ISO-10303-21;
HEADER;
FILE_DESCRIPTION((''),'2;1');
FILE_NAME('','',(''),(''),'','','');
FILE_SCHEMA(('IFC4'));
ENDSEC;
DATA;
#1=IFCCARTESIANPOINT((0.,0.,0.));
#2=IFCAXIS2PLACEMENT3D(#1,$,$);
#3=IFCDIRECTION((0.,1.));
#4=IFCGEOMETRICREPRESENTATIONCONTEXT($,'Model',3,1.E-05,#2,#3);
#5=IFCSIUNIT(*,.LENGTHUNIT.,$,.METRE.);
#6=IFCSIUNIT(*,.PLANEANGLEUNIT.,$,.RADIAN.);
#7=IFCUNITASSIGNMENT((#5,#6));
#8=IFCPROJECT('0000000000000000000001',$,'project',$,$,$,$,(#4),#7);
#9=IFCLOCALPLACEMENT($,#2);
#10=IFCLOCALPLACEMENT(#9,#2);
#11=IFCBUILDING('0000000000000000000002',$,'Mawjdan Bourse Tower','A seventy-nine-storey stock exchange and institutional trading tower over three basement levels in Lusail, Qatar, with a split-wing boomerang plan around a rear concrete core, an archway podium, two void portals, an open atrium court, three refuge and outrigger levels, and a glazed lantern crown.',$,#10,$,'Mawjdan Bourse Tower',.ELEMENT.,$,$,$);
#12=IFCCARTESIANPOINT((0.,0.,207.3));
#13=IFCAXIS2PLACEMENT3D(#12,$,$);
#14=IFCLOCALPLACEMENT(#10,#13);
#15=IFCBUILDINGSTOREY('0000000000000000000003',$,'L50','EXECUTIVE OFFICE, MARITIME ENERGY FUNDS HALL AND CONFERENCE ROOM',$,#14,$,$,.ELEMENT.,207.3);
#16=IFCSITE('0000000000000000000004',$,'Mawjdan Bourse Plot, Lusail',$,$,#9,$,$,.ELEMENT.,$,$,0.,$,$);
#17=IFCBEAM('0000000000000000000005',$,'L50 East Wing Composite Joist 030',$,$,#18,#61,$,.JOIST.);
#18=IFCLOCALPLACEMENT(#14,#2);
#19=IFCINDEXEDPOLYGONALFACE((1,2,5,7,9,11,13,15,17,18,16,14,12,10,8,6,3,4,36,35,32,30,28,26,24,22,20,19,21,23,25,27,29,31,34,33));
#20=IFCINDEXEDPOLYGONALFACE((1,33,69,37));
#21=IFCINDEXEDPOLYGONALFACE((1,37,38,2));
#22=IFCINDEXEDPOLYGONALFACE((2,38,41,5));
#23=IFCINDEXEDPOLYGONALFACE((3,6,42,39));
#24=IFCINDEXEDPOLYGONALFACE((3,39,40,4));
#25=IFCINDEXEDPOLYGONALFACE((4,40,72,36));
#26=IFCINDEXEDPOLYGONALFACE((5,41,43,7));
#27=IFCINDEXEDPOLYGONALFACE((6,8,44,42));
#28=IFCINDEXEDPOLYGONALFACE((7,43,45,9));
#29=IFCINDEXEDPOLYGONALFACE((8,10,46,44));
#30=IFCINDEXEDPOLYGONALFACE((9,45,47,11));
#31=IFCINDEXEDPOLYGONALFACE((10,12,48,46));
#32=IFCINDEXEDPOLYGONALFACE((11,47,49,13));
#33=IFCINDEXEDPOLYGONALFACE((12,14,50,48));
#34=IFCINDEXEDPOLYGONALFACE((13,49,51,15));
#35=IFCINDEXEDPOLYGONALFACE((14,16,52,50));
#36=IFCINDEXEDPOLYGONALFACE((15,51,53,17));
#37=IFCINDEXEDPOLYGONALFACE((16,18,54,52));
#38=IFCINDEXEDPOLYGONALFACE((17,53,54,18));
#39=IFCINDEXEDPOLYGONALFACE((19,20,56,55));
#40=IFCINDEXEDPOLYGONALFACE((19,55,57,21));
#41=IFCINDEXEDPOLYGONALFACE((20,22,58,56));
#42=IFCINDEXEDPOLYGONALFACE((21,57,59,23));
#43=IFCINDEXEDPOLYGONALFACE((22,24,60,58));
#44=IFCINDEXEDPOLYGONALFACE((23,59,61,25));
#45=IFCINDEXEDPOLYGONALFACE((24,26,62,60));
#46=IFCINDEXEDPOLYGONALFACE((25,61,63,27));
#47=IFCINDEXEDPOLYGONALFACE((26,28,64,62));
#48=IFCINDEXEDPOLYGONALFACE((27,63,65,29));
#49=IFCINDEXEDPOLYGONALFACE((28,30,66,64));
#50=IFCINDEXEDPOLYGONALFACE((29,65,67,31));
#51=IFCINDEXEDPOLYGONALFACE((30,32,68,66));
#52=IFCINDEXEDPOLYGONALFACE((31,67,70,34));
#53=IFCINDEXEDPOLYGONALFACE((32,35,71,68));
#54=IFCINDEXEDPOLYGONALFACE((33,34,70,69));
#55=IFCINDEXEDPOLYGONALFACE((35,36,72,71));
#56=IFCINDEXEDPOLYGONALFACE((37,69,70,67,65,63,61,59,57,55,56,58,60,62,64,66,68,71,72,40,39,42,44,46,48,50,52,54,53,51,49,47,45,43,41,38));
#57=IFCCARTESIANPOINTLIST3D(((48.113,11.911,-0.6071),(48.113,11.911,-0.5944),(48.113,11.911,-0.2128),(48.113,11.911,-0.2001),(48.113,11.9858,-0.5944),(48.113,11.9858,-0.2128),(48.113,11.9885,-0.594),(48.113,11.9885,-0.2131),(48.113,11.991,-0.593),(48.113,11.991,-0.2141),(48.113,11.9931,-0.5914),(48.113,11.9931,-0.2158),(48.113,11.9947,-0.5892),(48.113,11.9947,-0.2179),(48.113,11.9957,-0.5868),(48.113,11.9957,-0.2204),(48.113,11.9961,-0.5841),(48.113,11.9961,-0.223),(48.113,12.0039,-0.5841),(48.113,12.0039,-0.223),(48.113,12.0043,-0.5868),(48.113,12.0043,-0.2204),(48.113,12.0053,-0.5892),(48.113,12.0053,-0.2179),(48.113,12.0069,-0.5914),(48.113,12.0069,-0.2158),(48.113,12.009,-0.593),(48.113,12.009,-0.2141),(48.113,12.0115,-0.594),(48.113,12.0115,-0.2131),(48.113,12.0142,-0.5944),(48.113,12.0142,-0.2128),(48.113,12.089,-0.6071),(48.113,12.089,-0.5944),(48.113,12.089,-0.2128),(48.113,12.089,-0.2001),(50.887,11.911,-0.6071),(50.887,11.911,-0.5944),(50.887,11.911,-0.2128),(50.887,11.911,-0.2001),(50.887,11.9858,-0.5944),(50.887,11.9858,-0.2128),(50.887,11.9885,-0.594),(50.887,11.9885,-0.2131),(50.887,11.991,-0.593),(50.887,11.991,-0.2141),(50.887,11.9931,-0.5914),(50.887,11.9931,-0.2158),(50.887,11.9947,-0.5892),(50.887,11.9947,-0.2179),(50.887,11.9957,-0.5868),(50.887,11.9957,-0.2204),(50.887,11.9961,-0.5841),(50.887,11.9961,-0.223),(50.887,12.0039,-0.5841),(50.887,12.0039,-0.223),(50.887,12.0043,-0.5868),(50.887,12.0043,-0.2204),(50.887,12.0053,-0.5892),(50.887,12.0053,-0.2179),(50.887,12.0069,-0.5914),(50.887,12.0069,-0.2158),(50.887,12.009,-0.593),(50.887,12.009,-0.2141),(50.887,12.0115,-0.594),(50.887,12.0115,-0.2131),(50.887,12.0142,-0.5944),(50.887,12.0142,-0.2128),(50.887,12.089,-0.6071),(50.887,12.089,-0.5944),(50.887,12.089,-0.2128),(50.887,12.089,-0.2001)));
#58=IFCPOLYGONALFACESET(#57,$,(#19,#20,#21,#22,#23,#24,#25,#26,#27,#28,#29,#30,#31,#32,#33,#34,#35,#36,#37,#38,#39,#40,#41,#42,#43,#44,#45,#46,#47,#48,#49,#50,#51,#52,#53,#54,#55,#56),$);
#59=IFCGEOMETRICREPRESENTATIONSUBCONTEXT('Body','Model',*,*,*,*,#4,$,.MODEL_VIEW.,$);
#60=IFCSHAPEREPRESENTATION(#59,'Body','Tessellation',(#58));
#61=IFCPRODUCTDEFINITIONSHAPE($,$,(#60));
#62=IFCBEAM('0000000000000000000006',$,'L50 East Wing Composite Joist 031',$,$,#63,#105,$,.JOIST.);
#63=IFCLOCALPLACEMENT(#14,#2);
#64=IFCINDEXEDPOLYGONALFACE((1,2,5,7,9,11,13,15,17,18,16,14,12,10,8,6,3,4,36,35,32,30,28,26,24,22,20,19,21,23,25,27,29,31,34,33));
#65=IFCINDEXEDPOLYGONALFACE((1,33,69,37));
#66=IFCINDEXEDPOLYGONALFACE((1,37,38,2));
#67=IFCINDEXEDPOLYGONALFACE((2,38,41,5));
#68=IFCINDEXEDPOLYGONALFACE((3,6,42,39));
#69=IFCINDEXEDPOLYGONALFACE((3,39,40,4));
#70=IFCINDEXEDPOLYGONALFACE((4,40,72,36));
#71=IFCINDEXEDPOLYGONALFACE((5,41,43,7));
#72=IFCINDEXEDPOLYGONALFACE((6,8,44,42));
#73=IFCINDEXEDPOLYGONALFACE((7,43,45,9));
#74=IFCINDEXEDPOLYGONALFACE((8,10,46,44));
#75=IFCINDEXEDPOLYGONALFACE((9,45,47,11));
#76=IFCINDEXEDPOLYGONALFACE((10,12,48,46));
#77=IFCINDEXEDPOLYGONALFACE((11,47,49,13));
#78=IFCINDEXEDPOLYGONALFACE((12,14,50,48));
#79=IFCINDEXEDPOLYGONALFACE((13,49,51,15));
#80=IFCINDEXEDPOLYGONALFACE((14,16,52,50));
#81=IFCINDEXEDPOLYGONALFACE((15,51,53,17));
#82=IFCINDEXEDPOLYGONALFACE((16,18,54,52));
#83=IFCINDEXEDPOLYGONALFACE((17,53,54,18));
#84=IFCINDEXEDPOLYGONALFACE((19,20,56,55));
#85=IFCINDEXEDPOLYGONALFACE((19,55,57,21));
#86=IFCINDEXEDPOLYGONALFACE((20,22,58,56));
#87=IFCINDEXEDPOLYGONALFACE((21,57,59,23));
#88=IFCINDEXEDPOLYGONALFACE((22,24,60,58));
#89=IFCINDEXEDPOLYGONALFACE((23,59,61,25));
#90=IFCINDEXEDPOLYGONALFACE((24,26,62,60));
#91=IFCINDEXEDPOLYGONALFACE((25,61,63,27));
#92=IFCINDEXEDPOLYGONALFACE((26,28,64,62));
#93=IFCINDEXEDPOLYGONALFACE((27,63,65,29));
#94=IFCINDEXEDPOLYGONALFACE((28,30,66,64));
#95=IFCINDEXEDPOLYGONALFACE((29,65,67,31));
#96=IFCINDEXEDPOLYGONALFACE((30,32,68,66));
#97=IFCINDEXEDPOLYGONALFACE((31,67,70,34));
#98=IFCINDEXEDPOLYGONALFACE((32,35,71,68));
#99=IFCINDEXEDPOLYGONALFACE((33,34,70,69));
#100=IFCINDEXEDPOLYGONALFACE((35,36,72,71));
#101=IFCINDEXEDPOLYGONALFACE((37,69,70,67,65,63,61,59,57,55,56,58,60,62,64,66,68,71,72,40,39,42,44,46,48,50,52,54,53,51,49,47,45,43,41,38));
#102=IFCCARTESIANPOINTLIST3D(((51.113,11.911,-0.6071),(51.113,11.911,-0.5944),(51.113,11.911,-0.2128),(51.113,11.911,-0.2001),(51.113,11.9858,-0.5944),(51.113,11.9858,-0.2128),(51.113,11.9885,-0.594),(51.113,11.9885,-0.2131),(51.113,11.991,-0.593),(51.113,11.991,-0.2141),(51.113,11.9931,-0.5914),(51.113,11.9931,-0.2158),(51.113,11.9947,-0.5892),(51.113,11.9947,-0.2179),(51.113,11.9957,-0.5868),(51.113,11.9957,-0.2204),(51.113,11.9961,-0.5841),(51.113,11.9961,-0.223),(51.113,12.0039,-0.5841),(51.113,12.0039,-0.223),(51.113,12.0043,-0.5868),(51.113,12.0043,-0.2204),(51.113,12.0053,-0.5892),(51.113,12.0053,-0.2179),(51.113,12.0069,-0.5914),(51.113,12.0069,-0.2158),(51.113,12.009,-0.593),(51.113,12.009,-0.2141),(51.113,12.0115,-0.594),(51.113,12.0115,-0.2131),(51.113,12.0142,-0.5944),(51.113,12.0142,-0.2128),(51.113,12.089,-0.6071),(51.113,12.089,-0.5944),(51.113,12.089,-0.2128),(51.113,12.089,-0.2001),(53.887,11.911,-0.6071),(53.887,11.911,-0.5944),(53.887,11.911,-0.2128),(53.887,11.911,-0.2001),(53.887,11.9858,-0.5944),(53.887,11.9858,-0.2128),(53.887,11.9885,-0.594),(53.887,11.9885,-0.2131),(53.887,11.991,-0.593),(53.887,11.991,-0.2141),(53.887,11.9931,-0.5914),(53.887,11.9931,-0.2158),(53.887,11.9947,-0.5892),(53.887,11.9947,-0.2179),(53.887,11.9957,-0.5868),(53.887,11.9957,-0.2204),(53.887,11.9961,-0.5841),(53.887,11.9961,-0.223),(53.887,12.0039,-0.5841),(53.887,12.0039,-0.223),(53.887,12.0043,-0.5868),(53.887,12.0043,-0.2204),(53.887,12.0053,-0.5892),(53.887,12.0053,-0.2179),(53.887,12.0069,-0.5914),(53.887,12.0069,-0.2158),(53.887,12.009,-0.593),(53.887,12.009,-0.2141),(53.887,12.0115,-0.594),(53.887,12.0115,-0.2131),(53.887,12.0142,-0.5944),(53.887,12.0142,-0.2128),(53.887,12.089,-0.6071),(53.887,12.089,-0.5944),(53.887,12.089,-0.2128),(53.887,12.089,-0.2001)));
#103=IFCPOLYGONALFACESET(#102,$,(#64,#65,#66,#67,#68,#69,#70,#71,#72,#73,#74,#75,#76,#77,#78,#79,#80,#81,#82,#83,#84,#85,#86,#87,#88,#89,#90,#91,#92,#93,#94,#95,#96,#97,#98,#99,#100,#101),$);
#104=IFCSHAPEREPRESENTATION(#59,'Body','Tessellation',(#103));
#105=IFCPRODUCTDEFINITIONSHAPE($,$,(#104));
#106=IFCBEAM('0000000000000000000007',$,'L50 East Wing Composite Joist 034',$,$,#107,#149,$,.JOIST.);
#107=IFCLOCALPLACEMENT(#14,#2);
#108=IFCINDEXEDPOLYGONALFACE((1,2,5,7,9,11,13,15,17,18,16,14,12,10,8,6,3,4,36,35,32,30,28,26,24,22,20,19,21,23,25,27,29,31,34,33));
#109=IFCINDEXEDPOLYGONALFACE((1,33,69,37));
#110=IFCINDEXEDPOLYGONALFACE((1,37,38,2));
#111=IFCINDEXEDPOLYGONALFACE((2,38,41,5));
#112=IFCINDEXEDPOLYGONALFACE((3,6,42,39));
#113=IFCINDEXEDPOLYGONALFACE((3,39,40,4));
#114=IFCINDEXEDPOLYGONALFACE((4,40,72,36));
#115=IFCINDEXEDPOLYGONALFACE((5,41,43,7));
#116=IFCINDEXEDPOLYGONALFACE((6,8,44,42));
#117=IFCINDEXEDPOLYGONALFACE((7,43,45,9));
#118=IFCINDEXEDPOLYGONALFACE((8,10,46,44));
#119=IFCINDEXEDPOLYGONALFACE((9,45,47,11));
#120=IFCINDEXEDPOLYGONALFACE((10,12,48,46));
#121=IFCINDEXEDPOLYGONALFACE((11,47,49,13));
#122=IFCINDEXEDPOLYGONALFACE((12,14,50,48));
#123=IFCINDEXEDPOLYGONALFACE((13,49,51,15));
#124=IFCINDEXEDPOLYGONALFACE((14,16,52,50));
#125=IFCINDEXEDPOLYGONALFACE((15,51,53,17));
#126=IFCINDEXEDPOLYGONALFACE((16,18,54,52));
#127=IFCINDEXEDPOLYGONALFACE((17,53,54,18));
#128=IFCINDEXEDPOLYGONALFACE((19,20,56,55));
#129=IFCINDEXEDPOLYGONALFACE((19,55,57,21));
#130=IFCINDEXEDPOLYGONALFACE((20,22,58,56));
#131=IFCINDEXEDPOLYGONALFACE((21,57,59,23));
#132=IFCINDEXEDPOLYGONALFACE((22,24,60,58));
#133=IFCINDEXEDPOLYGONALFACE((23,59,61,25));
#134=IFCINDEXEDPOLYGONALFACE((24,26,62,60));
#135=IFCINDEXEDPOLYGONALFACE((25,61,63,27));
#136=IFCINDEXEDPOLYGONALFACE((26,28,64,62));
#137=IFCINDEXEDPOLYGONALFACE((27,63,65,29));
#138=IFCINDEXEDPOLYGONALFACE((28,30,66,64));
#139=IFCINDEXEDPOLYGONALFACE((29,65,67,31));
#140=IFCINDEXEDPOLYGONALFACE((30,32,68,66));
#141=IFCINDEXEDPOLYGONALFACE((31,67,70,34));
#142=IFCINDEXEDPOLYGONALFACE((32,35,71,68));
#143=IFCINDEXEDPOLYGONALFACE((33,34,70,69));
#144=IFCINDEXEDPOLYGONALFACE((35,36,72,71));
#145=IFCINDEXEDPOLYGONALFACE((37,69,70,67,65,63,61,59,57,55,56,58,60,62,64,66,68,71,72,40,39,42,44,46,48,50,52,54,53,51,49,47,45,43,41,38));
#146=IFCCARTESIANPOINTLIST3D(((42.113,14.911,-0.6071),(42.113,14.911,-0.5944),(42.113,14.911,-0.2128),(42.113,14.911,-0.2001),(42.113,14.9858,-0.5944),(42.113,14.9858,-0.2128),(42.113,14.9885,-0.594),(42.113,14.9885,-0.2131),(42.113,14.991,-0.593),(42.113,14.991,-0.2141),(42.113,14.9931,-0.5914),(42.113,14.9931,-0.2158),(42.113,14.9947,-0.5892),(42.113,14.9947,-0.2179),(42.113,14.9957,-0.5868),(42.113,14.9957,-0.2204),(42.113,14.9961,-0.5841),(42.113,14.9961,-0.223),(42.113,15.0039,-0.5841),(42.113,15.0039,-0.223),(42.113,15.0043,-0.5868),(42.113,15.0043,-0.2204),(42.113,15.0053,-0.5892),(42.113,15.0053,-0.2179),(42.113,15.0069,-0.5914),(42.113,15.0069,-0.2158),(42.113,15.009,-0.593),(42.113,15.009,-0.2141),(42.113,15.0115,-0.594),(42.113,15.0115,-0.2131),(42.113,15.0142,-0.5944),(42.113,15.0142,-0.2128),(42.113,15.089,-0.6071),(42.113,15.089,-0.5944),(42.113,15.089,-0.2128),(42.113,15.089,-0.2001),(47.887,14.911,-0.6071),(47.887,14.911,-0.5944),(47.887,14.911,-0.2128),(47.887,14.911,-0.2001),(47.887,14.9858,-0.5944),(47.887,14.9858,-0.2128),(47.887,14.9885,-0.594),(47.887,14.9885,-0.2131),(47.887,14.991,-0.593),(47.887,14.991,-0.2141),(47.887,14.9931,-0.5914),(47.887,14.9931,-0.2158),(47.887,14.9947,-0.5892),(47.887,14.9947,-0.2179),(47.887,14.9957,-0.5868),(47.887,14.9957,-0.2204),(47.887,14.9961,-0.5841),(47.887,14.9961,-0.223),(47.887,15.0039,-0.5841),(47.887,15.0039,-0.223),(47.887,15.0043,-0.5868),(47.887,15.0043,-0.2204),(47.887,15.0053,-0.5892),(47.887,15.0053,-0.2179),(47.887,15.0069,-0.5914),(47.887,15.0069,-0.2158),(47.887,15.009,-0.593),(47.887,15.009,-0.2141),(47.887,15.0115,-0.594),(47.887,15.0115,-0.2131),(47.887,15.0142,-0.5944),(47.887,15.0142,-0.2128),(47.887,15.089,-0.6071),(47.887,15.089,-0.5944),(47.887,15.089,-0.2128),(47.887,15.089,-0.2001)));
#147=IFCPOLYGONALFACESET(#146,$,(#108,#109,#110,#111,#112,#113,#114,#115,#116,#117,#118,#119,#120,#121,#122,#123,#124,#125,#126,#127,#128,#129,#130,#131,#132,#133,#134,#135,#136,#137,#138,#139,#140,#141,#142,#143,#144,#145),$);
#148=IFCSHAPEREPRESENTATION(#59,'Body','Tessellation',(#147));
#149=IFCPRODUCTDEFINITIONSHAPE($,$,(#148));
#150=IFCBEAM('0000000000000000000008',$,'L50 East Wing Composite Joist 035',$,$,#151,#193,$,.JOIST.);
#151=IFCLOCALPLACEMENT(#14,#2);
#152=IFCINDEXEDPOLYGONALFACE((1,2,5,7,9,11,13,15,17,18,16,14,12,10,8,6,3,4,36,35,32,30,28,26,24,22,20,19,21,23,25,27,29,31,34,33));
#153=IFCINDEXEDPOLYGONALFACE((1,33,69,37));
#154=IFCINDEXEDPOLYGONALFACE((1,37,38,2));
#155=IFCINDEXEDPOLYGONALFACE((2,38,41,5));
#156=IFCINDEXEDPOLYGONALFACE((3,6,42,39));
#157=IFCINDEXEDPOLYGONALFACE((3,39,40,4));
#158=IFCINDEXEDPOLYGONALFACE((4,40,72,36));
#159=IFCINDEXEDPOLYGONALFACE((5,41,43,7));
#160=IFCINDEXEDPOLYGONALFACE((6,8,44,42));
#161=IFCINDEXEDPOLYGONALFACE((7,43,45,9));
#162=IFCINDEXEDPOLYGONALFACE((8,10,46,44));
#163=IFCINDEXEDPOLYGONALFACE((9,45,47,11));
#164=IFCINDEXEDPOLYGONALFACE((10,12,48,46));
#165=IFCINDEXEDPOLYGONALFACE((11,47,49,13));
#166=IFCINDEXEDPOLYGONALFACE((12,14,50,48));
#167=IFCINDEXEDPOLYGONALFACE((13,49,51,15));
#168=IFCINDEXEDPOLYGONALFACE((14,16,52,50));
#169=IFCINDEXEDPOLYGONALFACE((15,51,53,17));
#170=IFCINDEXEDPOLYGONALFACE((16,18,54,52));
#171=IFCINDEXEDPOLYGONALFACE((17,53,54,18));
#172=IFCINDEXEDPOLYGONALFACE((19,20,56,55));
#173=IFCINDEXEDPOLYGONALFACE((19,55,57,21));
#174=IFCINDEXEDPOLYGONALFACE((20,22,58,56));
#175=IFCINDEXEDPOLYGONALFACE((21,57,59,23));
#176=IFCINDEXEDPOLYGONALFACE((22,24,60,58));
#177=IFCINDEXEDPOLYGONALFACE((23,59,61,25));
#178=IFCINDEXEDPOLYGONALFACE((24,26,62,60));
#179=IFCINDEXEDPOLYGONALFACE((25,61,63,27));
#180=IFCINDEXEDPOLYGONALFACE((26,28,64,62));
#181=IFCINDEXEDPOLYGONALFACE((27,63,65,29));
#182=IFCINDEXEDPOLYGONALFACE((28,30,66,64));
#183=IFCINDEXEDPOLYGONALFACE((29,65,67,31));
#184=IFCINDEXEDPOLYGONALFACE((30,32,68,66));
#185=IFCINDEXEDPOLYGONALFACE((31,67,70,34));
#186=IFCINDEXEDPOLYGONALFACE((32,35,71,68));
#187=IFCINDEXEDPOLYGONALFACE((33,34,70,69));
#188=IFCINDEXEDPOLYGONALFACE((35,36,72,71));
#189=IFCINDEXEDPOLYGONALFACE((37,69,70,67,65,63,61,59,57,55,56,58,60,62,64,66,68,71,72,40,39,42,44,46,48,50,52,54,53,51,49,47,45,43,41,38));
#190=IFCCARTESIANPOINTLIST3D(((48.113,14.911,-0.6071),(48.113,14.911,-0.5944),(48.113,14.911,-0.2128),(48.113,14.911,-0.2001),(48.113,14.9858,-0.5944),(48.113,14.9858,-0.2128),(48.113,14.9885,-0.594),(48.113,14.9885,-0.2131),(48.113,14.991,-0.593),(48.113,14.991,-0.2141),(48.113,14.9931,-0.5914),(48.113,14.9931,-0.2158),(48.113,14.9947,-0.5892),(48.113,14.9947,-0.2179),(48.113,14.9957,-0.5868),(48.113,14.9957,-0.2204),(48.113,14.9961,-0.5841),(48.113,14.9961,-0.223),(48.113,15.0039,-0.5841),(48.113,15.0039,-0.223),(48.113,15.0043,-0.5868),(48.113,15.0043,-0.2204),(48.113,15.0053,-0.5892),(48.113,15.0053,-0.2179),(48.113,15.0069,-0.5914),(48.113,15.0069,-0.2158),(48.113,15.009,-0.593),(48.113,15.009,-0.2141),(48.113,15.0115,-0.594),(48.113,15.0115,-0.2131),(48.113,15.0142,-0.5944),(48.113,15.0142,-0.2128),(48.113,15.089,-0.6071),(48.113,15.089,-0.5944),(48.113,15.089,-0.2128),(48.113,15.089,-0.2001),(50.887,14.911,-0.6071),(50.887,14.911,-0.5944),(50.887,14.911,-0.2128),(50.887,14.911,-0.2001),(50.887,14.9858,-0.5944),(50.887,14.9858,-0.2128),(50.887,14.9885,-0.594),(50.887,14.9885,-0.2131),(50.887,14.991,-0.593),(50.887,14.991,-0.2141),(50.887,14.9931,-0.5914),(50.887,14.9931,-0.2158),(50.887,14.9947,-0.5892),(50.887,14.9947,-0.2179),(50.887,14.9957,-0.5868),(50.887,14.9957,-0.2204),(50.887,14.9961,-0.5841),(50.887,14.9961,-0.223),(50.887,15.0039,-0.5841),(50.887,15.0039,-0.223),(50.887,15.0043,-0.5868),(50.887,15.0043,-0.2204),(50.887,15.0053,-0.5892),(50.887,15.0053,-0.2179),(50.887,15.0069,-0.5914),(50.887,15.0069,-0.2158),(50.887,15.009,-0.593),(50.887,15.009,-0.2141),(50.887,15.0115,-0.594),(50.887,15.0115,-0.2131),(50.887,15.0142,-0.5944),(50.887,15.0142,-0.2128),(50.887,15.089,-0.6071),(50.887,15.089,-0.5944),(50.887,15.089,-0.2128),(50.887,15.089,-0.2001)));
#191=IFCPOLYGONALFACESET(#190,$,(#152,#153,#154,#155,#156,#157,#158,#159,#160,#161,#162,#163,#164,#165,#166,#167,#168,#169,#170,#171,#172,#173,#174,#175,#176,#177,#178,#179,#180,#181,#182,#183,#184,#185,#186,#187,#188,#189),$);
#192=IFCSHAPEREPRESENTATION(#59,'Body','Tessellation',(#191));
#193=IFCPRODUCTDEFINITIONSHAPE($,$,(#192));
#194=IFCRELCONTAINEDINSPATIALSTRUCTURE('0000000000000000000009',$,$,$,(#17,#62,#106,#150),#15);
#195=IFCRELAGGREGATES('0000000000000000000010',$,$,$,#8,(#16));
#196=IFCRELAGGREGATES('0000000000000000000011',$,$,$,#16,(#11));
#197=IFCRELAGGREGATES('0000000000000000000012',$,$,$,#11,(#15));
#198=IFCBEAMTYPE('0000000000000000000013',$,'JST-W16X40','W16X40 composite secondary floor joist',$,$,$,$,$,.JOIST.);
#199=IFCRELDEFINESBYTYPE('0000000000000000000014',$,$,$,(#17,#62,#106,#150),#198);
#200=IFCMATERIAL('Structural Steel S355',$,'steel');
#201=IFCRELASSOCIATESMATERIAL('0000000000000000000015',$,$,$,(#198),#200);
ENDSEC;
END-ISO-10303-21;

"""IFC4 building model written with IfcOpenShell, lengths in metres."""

from ifc_helpers import new_model, si_unit, direction, frame, origin, origin_2d, place, context, subcontext, project, spatial, i_section, extrude, material, material_profile, profile_set, type_object, element, save


model = new_model("IFC4")

# Units and contexts
model_context = context("Model", 3, precision=1e-05, world=origin(), true_north=direction((0.0, 1.0)))
body_context = subcontext(model_context, "Body", "Model", "MODEL_VIEW")
ifc_project = project(units=[si_unit("LENGTHUNIT", "METRE"), si_unit("PLANEANGLEUNIT", "RADIAN")], contexts=[model_context])

# Site, building, storey
site_placement = place(None, origin())
site = spatial("IfcSite", under=ifc_project, at=site_placement, Name="Mawjdan Bourse Plot, Lusail", CompositionType="ELEMENT", RefElevation=0.0)
building_placement = place(site_placement, origin())
building = spatial("IfcBuilding", under=site, at=building_placement, Name="Mawjdan Bourse Tower", Description="A seventy-nine-storey stock exchange and institutional trading tower over three basement levels in Lusail, Qatar, with a split-wing boomerang plan around a rear concrete core, an archway podium, two void portals, an open atrium court, three refuge and outrigger levels, and a glazed lantern crown.", LongName="Mawjdan Bourse Tower", CompositionType="ELEMENT")
storey_placement = place(building_placement, frame((0.0, 0.0, 207.3)))
storey = spatial("IfcBuildingStorey", under=building, at=storey_placement, Name="L50", Description="EXECUTIVE OFFICE, MARITIME ENERGY FUNDS HALL AND CONFERENCE ROOM", CompositionType="ELEMENT", Elevation=207.3)

# Beams
ifc_material_1 = material(Name="Structural Steel S355", Category="steel")
ifc_material_profile_1 = material_profile(ifc_material_1, i_section(OverallWidth=0.178, OverallDepth=0.407, WebThickness=0.0078, FlangeThickness=0.0127, FilletRadius=0.0103, at=origin_2d()), Name="W16X40")
ifc_profile_set_1 = profile_set([ifc_material_profile_1], Name="Structural Steel S355")
beam_type_1 = type_object("IfcBeamType", Name="JST-W16X40", Description="W16X40 composite secondary floor joist", PredefinedType="JOIST", material=ifc_profile_set_1)
for number, where, z_axis, x_axis, name in (
    (1, (48.113, 12.0, -0.4036), (1.0, 0.0, 0.0), (0.0, 1.0, 0.0), "L50 East Wing Composite Joist 030"),
    (2, (51.113, 12.0, -0.4036), (1.0, 0.0, 0.0), (0.0, 1.0, 0.0), "L50 East Wing Composite Joist 031"),
):
    element("IfcBeam", number, at=place(storey_placement, frame(where, z_axis=z_axis, x_axis=x_axis)), inside=storey, type_object=beam_type_1, Name=name, PredefinedType="JOIST", context=body_context, shape_type="SweptSolid", body=[
        extrude(i_section(OverallWidth=0.178, OverallDepth=0.407, WebThickness=0.0078, FlangeThickness=0.0127, FilletRadius=0.0103, at=origin_2d()), origin(), (0.0, 0.0, 1.0), 2.7739),
    ])
beam_1_placement = place(storey_placement, frame((42.113, 15.0, -0.4036), z_axis=(1.0, 0.0, 0.0), x_axis=(0.0, 1.0, 0.0)))
element("IfcBeam", 3, at=beam_1_placement, inside=storey, type_object=beam_type_1, Name="L50 East Wing Composite Joist 034", PredefinedType="JOIST", context=body_context, shape_type="SweptSolid", body=[
    extrude(i_section(OverallWidth=0.178, OverallDepth=0.407, WebThickness=0.0078, FlangeThickness=0.0127, FilletRadius=0.0103, at=origin_2d()), origin(), (0.0, 0.0, 1.0), 5.7739),
])
for number, where, z_axis, x_axis, name in (
    (4, (48.113, 15.0, -0.4036), (1.0, 0.0, 0.0), (0.0, 1.0, 0.0), "L50 East Wing Composite Joist 035"),
):
    element("IfcBeam", number, at=place(storey_placement, frame(where, z_axis=z_axis, x_axis=x_axis)), inside=storey, type_object=beam_type_1, Name=name, PredefinedType="JOIST", context=body_context, shape_type="SweptSolid", body=[
        extrude(i_section(OverallWidth=0.178, OverallDepth=0.407, WebThickness=0.0078, FlangeThickness=0.0127, FilletRadius=0.0103, at=origin_2d()), origin(), (0.0, 0.0, 1.0), 2.7739),
    ])

save(model, "model.ifc")
